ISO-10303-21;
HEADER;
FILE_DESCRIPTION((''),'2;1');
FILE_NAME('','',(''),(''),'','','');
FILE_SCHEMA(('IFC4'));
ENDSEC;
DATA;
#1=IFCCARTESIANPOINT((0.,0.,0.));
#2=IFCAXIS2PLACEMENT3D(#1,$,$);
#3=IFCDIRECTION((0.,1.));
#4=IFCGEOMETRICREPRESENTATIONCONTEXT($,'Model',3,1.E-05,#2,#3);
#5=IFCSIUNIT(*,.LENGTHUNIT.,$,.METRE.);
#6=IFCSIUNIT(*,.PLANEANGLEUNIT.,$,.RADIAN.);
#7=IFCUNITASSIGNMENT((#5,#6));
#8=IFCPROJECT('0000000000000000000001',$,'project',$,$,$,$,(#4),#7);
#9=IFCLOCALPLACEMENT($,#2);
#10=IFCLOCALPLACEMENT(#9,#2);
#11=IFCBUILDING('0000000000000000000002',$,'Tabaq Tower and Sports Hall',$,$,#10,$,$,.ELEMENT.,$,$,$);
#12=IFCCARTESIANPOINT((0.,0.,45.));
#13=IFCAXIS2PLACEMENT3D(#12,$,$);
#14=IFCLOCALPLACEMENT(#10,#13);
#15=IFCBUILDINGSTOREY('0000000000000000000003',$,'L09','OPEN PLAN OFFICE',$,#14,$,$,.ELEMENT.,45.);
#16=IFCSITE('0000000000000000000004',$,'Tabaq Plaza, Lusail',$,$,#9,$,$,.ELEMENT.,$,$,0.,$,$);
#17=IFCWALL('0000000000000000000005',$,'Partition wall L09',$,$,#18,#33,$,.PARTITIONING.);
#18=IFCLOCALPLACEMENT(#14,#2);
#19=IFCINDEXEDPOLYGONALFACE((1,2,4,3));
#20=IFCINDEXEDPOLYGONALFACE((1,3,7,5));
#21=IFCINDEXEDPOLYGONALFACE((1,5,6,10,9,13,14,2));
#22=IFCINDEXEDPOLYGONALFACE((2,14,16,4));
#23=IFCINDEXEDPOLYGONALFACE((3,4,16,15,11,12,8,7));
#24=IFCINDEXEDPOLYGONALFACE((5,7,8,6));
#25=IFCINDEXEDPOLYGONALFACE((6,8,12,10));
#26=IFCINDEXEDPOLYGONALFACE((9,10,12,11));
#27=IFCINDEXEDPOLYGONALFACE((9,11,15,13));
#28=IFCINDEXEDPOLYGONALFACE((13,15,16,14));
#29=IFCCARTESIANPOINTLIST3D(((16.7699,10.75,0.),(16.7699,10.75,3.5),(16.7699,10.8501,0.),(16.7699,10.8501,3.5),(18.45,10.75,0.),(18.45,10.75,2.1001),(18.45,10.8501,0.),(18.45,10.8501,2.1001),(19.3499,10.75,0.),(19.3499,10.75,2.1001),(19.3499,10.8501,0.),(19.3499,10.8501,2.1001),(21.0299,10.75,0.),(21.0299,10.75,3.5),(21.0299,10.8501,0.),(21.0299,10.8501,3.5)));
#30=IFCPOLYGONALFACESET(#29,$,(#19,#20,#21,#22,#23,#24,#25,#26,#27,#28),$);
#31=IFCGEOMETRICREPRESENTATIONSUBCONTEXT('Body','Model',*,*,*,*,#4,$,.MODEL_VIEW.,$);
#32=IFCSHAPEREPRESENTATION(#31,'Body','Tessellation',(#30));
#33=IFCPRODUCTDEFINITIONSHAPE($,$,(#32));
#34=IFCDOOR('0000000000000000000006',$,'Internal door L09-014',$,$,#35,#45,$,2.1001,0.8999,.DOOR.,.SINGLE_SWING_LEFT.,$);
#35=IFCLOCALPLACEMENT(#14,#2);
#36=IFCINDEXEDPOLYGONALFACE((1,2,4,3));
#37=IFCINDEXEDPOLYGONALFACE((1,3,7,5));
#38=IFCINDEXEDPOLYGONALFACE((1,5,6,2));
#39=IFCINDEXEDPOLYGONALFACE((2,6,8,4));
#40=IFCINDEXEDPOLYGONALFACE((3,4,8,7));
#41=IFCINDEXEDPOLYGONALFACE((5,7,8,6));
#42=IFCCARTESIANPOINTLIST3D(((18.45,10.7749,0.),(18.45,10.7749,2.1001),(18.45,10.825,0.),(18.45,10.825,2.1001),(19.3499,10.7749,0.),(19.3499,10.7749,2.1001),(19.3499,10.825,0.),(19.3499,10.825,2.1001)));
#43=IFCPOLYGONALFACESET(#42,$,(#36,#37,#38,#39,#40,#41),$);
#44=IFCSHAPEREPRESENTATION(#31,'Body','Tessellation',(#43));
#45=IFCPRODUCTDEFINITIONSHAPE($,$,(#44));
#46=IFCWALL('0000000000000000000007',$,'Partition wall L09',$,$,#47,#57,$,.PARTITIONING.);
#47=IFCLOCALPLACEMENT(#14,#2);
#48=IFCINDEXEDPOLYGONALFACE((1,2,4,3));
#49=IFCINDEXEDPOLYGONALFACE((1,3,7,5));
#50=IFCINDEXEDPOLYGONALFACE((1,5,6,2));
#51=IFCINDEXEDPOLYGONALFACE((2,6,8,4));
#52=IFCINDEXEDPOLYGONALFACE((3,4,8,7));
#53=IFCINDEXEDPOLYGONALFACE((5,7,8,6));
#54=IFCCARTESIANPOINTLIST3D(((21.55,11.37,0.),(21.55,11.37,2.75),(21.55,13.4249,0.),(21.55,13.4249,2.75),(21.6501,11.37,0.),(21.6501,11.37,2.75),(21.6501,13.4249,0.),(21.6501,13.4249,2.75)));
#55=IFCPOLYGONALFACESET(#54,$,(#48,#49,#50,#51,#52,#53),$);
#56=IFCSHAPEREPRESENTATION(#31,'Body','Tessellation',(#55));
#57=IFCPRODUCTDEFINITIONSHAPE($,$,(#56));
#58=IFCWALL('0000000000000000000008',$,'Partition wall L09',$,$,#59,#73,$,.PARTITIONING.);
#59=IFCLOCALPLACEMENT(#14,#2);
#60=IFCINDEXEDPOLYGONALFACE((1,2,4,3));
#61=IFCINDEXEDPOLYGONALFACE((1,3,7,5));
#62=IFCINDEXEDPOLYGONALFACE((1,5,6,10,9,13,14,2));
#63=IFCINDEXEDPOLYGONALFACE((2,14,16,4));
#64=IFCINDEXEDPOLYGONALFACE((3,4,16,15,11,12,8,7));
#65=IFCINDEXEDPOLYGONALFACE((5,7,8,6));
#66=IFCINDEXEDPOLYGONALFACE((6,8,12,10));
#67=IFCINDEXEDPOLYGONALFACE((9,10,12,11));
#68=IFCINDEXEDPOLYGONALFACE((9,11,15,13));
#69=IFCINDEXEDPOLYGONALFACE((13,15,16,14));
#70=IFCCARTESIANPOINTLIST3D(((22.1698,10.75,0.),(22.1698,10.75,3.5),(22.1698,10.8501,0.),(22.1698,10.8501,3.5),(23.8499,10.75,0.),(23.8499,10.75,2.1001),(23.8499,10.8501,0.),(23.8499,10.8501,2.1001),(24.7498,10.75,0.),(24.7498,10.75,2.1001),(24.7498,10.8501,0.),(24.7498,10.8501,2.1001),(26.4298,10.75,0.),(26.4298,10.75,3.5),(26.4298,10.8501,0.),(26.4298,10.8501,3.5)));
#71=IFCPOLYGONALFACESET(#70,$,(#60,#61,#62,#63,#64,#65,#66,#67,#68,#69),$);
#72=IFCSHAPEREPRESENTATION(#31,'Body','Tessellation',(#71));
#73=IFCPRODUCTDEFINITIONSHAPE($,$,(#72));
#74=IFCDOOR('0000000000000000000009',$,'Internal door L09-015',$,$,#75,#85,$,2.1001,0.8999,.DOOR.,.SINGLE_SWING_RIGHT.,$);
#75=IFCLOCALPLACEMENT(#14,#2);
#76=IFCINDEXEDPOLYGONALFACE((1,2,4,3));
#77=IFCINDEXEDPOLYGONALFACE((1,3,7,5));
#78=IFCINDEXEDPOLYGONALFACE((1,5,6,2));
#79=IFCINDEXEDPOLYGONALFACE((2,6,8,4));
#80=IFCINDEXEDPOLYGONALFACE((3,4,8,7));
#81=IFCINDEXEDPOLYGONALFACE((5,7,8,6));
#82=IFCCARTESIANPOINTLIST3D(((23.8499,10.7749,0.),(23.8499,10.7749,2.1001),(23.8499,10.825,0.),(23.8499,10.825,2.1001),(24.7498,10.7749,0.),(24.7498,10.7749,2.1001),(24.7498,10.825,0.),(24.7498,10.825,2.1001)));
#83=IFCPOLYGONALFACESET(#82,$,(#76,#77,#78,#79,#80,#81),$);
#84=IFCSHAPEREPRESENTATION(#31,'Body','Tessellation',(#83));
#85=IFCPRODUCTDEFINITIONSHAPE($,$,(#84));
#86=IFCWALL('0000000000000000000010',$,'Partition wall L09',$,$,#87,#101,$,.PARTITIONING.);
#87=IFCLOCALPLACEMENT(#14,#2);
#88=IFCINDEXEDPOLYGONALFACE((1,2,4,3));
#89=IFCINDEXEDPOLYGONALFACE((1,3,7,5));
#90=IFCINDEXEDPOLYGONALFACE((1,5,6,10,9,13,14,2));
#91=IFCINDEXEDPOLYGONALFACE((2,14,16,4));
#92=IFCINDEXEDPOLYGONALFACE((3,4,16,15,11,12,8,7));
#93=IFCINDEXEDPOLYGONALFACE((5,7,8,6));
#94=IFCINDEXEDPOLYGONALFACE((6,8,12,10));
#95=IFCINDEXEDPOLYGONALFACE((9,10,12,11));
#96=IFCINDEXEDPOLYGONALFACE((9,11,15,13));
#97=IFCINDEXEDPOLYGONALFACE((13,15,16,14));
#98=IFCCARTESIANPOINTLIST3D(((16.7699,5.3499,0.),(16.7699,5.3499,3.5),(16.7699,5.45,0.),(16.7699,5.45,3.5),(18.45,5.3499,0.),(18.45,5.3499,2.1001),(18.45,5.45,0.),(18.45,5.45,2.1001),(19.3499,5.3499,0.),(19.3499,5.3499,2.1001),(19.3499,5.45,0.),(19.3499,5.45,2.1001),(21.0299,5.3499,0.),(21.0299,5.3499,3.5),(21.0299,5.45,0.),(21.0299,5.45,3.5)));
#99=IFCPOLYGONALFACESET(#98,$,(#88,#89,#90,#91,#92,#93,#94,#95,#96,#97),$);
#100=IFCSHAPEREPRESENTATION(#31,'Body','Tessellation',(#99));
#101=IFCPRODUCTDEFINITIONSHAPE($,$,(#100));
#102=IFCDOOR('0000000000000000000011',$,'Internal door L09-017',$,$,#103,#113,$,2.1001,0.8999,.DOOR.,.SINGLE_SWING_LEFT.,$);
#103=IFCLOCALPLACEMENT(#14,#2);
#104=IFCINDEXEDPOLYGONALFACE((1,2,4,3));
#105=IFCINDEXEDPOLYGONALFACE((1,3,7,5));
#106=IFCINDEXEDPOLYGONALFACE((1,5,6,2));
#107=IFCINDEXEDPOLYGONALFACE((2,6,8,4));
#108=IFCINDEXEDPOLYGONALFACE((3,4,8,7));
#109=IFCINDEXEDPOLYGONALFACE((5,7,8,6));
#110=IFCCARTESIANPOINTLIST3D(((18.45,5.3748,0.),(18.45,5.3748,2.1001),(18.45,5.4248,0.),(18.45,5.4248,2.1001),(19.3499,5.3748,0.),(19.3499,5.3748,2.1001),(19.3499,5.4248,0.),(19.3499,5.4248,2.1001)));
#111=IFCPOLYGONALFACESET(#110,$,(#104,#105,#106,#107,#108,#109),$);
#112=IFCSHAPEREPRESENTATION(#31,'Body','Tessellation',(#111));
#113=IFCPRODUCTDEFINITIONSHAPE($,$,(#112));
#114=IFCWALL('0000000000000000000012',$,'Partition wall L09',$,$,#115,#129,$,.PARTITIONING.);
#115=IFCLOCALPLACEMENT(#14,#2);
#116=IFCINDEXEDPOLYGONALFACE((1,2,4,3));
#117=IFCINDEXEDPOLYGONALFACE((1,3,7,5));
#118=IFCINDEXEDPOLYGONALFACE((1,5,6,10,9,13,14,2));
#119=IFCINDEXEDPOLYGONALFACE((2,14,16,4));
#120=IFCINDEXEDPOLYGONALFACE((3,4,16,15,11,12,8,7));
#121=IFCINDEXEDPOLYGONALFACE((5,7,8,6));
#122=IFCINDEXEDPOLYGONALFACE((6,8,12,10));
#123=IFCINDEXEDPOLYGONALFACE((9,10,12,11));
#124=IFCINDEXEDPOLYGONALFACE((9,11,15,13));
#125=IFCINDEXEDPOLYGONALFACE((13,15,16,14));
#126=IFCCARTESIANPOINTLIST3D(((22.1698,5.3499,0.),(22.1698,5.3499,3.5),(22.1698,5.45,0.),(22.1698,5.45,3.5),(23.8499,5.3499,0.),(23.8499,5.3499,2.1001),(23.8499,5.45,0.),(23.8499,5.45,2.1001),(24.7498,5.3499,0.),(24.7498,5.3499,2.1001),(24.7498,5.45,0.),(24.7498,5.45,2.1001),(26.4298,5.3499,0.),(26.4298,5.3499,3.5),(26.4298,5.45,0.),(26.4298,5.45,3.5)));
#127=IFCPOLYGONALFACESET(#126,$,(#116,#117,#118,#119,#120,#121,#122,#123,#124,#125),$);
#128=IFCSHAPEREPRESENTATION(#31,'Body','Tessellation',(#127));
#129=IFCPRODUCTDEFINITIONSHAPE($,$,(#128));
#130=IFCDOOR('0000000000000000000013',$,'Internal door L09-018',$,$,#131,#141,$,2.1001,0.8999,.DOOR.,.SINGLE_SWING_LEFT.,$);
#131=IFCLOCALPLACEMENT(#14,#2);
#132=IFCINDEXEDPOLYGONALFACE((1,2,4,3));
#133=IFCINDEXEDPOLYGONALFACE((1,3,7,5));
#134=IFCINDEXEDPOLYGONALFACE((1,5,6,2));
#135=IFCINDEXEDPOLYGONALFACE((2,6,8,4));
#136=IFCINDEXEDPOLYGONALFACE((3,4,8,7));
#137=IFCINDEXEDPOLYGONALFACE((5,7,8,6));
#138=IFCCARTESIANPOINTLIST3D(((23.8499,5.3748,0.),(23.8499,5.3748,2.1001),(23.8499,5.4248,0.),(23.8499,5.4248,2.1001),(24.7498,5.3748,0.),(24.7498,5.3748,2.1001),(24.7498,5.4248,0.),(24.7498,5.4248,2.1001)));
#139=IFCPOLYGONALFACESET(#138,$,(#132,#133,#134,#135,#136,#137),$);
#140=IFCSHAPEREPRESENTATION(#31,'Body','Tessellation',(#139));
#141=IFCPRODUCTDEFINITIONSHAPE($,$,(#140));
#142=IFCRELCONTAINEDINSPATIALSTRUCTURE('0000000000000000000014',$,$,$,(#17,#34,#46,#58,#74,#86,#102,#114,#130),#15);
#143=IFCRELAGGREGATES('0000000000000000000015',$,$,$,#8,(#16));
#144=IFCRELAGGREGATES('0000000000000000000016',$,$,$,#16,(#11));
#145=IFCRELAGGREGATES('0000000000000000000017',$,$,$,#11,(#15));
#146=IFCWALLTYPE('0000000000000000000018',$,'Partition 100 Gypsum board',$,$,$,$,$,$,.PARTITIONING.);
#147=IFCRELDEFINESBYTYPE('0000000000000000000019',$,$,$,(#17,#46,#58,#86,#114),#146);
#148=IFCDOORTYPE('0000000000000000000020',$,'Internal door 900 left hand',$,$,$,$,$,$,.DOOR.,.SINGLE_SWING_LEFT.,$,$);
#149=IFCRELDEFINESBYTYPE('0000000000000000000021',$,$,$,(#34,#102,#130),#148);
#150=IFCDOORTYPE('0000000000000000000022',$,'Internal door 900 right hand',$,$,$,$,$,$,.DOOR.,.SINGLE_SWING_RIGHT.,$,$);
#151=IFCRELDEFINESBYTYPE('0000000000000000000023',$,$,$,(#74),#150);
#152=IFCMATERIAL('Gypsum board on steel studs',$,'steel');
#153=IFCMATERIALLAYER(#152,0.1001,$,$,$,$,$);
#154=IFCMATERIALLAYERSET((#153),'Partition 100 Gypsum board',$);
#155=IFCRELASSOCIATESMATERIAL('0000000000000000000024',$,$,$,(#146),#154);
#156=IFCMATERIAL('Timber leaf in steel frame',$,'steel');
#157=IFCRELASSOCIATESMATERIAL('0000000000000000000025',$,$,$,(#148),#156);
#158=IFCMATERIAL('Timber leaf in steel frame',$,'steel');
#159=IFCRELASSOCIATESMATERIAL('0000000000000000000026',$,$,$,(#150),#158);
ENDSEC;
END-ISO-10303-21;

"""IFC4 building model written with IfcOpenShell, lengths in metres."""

from ifc_helpers import new_model, si_unit, direction, frame, frame_2d, origin, place, context, subcontext, project, spatial, rectangle, extrude, material, layer, layer_set, type_object, element, fill, save


model = new_model("IFC4")

# Units and contexts
model_context = context("Model", 3, precision=1e-05, world=origin(), true_north=direction((0.0, 1.0)))
body_context = subcontext(model_context, "Body", "Model", "MODEL_VIEW")
ifc_project = project(units=[si_unit("LENGTHUNIT", "METRE"), si_unit("PLANEANGLEUNIT", "RADIAN")], contexts=[model_context])

# Site, building, storey
site_placement = place(None, origin())
site = spatial("IfcSite", under=ifc_project, at=site_placement, Name="Tabaq Plaza, Lusail", CompositionType="ELEMENT", RefElevation=0.0)
building_placement = place(site_placement, origin())
building = spatial("IfcBuilding", under=site, at=building_placement, Name="Tabaq Tower and Sports Hall", CompositionType="ELEMENT")
storey_placement = place(building_placement, frame((0.0, 0.0, 45.0)))
storey = spatial("IfcBuildingStorey", under=building, at=storey_placement, Name="L09", Description="OPEN PLAN OFFICE", CompositionType="ELEMENT", Elevation=45.0)

# Shared definitions
ifc_material_1 = material(Name="Gypsum board on steel studs", Category="steel")
ifc_layer = layer(ifc_material_1, 0.1001)
ifc_layer_set = layer_set([ifc_layer], Name="Partition 100 Gypsum board")
wall_type = type_object("IfcWallType", Name="Partition 100 Gypsum board", PredefinedType="PARTITIONING", material=ifc_layer_set)

# Shared definitions
ifc_material_2 = material(Name="Timber leaf in steel frame", Category="steel")
door_type_1 = type_object("IfcDoorType", Name="Internal door 900 left hand", OperationType="SINGLE_SWING_LEFT", PredefinedType="DOOR", material=ifc_material_2)

# Wall, opening, door
wall_1_placement = place(storey_placement, frame((16.77, 10.8, 0.0), z_axis=(0.0, 0.0, 1.0), x_axis=(1.0, 0.0, 0.0)))
wall_1 = element("IfcWall", 1, at=wall_1_placement, inside=storey, type_object=wall_type, Name="Partition wall L09", PredefinedType="PARTITIONING", context=body_context, shape_type="SweptSolid", body=[
    extrude(rectangle(XDim=4.26, YDim=0.1001, at=frame_2d((2.1299, 0.0))), origin(), (0.0, 0.0, 1.0), 3.5),
])
opening_1_placement = place(wall_1_placement, frame((1.6799, 0.0, 0.0)))
opening_1 = element("IfcOpeningElement", 2, at=opening_1_placement, cuts=wall_1, PredefinedType="OPENING", context=body_context, shape_type="SweptSolid", body=[
    extrude(rectangle(XDim=0.8999, YDim=2.1001, at=frame_2d((0.45, 1.05))), frame((0.0, 0.05, 0.0), z_axis=(0.0, -1.0, 0.0), x_axis=(1.0, 0.0, 0.0)), (0.0, 0.0, 1.0), 0.1001),
])
door_1_placement = place(opening_1_placement, origin())
door_1 = element("IfcDoor", 3, at=door_1_placement, inside=storey, type_object=door_type_1, Name="Internal door L09-014", OperationType="SINGLE_SWING_LEFT", OverallHeight=2.1001, OverallWidth=0.8999, PredefinedType="DOOR", context=body_context, shape_type="SweptSolid", body=[
    extrude(rectangle(XDim=0.8999, YDim=2.1001, at=frame_2d((0.45, 1.05))), frame((0.0, 0.0249, 0.0), z_axis=(0.0, -1.0, 0.0), x_axis=(1.0, 0.0, 0.0)), (0.0, 0.0, 1.0), 0.05),
])
fill(opening_1, door_1)

# Wall
wall_2_placement = place(storey_placement, frame((21.6001, 11.3701, 0.0), z_axis=(0.0, 0.0, 1.0), x_axis=(0.0, 1.0, 0.0)))
element("IfcWall", 4, at=wall_2_placement, inside=storey, type_object=wall_type, Name="Partition wall L09", PredefinedType="PARTITIONING", context=body_context, shape_type="SweptSolid", body=[
    extrude(rectangle(XDim=2.0549, YDim=0.1001, at=frame_2d((1.0273, 0.0))), origin(), (0.0, 0.0, 1.0), 2.75),
])

# Walls, openings, doors
wall_3_placement = place(storey_placement, frame((22.1699, 10.8, 0.0), z_axis=(0.0, 0.0, 1.0), x_axis=(1.0, 0.0, 0.0)))
wall_3 = element("IfcWall", 5, at=wall_3_placement, inside=storey, type_object=wall_type, Name="Partition wall L09", PredefinedType="PARTITIONING", context=body_context, shape_type="SweptSolid", body=[
    extrude(rectangle(XDim=4.26, YDim=0.1001, at=frame_2d((2.1299, 0.0))), origin(), (0.0, 0.0, 1.0), 3.5),
])
opening_2_placement = place(wall_3_placement, frame((1.6799, 0.0, 0.0)))
opening_2 = element("IfcOpeningElement", 6, at=opening_2_placement, cuts=wall_3, PredefinedType="OPENING", context=body_context, shape_type="SweptSolid", body=[
    extrude(rectangle(XDim=0.8999, YDim=2.1001, at=frame_2d((0.45, 1.05))), frame((0.0, 0.05, 0.0), z_axis=(0.0, -1.0, 0.0), x_axis=(1.0, 0.0, 0.0)), (0.0, 0.0, 1.0), 0.1001),
])
ifc_material_3 = material(Name="Timber leaf in steel frame", Category="steel")
door_type_2 = type_object("IfcDoorType", Name="Internal door 900 right hand", OperationType="SINGLE_SWING_RIGHT", PredefinedType="DOOR", material=ifc_material_3)
door_2_placement = place(opening_2_placement, origin())
door_2 = element("IfcDoor", 7, at=door_2_placement, inside=storey, type_object=door_type_2, Name="Internal door L09-015", OperationType="SINGLE_SWING_RIGHT", OverallHeight=2.1001, OverallWidth=0.8999, PredefinedType="DOOR", context=body_context, shape_type="SweptSolid", body=[
    extrude(rectangle(XDim=0.8999, YDim=2.1001, at=frame_2d((0.45, 1.05))), frame((0.0, 0.0249, 0.0), z_axis=(0.0, -1.0, 0.0), x_axis=(1.0, 0.0, 0.0)), (0.0, 0.0, 1.0), 0.05),
])
fill(opening_2, door_2)
wall_4_placement = place(storey_placement, frame((16.77, 5.3999, 0.0), z_axis=(0.0, 0.0, 1.0), x_axis=(1.0, 0.0, 0.0)))
wall_4 = element("IfcWall", 8, at=wall_4_placement, inside=storey, type_object=wall_type, Name="Partition wall L09", PredefinedType="PARTITIONING", context=body_context, shape_type="SweptSolid", body=[
    extrude(rectangle(XDim=4.26, YDim=0.1001, at=frame_2d((2.1299, 0.0))), origin(), (0.0, 0.0, 1.0), 3.5),
])
opening_3_placement = place(wall_4_placement, frame((1.6799, 0.0, 0.0)))
opening_3 = element("IfcOpeningElement", 9, at=opening_3_placement, cuts=wall_4, PredefinedType="OPENING", context=body_context, shape_type="SweptSolid", body=[
    extrude(rectangle(XDim=0.8999, YDim=2.1001, at=frame_2d((0.45, 1.05))), frame((0.0, 0.05, 0.0), z_axis=(0.0, -1.0, 0.0), x_axis=(1.0, 0.0, 0.0)), (0.0, 0.0, 1.0), 0.1001),
])
door_3_placement = place(opening_3_placement, origin())
door_3 = element("IfcDoor", 10, at=door_3_placement, inside=storey, type_object=door_type_1, Name="Internal door L09-017", OperationType="SINGLE_SWING_LEFT", OverallHeight=2.1001, OverallWidth=0.8999, PredefinedType="DOOR", context=body_context, shape_type="SweptSolid", body=[
    extrude(rectangle(XDim=0.8999, YDim=2.1001, at=frame_2d((0.45, 1.05))), frame((0.0, 0.0249, 0.0), z_axis=(0.0, -1.0, 0.0), x_axis=(1.0, 0.0, 0.0)), (0.0, 0.0, 1.0), 0.05),
])
fill(opening_3, door_3)
wall_5_placement = place(storey_placement, frame((22.1699, 5.3999, 0.0), z_axis=(0.0, 0.0, 1.0), x_axis=(1.0, 0.0, 0.0)))
wall_5 = element("IfcWall", 11, at=wall_5_placement, inside=storey, type_object=wall_type, Name="Partition wall L09", PredefinedType="PARTITIONING", context=body_context, shape_type="SweptSolid", body=[
    extrude(rectangle(XDim=4.26, YDim=0.1001, at=frame_2d((2.1299, 0.0))), origin(), (0.0, 0.0, 1.0), 3.5),
])
opening_4_placement = place(wall_5_placement, frame((1.6799, 0.0, 0.0)))
opening_4 = element("IfcOpeningElement", 12, at=opening_4_placement, cuts=wall_5, PredefinedType="OPENING", context=body_context, shape_type="SweptSolid", body=[
    extrude(rectangle(XDim=0.8999, YDim=2.1001, at=frame_2d((0.45, 1.05))), frame((0.0, 0.05, 0.0), z_axis=(0.0, -1.0, 0.0), x_axis=(1.0, 0.0, 0.0)), (0.0, 0.0, 1.0), 0.1001),
])
door_4_placement = place(opening_4_placement, origin())
door_4 = element("IfcDoor", 13, at=door_4_placement, inside=storey, type_object=door_type_1, Name="Internal door L09-018", OperationType="SINGLE_SWING_LEFT", OverallHeight=2.1001, OverallWidth=0.8999, PredefinedType="DOOR", context=body_context, shape_type="SweptSolid", body=[
    extrude(rectangle(XDim=0.8999, YDim=2.1001, at=frame_2d((0.45, 1.05))), frame((0.0, 0.0249, 0.0), z_axis=(0.0, -1.0, 0.0), x_axis=(1.0, 0.0, 0.0)), (0.0, 0.0, 1.0), 0.05),
])
fill(opening_4, door_4)

save(model, "model.ifc")
